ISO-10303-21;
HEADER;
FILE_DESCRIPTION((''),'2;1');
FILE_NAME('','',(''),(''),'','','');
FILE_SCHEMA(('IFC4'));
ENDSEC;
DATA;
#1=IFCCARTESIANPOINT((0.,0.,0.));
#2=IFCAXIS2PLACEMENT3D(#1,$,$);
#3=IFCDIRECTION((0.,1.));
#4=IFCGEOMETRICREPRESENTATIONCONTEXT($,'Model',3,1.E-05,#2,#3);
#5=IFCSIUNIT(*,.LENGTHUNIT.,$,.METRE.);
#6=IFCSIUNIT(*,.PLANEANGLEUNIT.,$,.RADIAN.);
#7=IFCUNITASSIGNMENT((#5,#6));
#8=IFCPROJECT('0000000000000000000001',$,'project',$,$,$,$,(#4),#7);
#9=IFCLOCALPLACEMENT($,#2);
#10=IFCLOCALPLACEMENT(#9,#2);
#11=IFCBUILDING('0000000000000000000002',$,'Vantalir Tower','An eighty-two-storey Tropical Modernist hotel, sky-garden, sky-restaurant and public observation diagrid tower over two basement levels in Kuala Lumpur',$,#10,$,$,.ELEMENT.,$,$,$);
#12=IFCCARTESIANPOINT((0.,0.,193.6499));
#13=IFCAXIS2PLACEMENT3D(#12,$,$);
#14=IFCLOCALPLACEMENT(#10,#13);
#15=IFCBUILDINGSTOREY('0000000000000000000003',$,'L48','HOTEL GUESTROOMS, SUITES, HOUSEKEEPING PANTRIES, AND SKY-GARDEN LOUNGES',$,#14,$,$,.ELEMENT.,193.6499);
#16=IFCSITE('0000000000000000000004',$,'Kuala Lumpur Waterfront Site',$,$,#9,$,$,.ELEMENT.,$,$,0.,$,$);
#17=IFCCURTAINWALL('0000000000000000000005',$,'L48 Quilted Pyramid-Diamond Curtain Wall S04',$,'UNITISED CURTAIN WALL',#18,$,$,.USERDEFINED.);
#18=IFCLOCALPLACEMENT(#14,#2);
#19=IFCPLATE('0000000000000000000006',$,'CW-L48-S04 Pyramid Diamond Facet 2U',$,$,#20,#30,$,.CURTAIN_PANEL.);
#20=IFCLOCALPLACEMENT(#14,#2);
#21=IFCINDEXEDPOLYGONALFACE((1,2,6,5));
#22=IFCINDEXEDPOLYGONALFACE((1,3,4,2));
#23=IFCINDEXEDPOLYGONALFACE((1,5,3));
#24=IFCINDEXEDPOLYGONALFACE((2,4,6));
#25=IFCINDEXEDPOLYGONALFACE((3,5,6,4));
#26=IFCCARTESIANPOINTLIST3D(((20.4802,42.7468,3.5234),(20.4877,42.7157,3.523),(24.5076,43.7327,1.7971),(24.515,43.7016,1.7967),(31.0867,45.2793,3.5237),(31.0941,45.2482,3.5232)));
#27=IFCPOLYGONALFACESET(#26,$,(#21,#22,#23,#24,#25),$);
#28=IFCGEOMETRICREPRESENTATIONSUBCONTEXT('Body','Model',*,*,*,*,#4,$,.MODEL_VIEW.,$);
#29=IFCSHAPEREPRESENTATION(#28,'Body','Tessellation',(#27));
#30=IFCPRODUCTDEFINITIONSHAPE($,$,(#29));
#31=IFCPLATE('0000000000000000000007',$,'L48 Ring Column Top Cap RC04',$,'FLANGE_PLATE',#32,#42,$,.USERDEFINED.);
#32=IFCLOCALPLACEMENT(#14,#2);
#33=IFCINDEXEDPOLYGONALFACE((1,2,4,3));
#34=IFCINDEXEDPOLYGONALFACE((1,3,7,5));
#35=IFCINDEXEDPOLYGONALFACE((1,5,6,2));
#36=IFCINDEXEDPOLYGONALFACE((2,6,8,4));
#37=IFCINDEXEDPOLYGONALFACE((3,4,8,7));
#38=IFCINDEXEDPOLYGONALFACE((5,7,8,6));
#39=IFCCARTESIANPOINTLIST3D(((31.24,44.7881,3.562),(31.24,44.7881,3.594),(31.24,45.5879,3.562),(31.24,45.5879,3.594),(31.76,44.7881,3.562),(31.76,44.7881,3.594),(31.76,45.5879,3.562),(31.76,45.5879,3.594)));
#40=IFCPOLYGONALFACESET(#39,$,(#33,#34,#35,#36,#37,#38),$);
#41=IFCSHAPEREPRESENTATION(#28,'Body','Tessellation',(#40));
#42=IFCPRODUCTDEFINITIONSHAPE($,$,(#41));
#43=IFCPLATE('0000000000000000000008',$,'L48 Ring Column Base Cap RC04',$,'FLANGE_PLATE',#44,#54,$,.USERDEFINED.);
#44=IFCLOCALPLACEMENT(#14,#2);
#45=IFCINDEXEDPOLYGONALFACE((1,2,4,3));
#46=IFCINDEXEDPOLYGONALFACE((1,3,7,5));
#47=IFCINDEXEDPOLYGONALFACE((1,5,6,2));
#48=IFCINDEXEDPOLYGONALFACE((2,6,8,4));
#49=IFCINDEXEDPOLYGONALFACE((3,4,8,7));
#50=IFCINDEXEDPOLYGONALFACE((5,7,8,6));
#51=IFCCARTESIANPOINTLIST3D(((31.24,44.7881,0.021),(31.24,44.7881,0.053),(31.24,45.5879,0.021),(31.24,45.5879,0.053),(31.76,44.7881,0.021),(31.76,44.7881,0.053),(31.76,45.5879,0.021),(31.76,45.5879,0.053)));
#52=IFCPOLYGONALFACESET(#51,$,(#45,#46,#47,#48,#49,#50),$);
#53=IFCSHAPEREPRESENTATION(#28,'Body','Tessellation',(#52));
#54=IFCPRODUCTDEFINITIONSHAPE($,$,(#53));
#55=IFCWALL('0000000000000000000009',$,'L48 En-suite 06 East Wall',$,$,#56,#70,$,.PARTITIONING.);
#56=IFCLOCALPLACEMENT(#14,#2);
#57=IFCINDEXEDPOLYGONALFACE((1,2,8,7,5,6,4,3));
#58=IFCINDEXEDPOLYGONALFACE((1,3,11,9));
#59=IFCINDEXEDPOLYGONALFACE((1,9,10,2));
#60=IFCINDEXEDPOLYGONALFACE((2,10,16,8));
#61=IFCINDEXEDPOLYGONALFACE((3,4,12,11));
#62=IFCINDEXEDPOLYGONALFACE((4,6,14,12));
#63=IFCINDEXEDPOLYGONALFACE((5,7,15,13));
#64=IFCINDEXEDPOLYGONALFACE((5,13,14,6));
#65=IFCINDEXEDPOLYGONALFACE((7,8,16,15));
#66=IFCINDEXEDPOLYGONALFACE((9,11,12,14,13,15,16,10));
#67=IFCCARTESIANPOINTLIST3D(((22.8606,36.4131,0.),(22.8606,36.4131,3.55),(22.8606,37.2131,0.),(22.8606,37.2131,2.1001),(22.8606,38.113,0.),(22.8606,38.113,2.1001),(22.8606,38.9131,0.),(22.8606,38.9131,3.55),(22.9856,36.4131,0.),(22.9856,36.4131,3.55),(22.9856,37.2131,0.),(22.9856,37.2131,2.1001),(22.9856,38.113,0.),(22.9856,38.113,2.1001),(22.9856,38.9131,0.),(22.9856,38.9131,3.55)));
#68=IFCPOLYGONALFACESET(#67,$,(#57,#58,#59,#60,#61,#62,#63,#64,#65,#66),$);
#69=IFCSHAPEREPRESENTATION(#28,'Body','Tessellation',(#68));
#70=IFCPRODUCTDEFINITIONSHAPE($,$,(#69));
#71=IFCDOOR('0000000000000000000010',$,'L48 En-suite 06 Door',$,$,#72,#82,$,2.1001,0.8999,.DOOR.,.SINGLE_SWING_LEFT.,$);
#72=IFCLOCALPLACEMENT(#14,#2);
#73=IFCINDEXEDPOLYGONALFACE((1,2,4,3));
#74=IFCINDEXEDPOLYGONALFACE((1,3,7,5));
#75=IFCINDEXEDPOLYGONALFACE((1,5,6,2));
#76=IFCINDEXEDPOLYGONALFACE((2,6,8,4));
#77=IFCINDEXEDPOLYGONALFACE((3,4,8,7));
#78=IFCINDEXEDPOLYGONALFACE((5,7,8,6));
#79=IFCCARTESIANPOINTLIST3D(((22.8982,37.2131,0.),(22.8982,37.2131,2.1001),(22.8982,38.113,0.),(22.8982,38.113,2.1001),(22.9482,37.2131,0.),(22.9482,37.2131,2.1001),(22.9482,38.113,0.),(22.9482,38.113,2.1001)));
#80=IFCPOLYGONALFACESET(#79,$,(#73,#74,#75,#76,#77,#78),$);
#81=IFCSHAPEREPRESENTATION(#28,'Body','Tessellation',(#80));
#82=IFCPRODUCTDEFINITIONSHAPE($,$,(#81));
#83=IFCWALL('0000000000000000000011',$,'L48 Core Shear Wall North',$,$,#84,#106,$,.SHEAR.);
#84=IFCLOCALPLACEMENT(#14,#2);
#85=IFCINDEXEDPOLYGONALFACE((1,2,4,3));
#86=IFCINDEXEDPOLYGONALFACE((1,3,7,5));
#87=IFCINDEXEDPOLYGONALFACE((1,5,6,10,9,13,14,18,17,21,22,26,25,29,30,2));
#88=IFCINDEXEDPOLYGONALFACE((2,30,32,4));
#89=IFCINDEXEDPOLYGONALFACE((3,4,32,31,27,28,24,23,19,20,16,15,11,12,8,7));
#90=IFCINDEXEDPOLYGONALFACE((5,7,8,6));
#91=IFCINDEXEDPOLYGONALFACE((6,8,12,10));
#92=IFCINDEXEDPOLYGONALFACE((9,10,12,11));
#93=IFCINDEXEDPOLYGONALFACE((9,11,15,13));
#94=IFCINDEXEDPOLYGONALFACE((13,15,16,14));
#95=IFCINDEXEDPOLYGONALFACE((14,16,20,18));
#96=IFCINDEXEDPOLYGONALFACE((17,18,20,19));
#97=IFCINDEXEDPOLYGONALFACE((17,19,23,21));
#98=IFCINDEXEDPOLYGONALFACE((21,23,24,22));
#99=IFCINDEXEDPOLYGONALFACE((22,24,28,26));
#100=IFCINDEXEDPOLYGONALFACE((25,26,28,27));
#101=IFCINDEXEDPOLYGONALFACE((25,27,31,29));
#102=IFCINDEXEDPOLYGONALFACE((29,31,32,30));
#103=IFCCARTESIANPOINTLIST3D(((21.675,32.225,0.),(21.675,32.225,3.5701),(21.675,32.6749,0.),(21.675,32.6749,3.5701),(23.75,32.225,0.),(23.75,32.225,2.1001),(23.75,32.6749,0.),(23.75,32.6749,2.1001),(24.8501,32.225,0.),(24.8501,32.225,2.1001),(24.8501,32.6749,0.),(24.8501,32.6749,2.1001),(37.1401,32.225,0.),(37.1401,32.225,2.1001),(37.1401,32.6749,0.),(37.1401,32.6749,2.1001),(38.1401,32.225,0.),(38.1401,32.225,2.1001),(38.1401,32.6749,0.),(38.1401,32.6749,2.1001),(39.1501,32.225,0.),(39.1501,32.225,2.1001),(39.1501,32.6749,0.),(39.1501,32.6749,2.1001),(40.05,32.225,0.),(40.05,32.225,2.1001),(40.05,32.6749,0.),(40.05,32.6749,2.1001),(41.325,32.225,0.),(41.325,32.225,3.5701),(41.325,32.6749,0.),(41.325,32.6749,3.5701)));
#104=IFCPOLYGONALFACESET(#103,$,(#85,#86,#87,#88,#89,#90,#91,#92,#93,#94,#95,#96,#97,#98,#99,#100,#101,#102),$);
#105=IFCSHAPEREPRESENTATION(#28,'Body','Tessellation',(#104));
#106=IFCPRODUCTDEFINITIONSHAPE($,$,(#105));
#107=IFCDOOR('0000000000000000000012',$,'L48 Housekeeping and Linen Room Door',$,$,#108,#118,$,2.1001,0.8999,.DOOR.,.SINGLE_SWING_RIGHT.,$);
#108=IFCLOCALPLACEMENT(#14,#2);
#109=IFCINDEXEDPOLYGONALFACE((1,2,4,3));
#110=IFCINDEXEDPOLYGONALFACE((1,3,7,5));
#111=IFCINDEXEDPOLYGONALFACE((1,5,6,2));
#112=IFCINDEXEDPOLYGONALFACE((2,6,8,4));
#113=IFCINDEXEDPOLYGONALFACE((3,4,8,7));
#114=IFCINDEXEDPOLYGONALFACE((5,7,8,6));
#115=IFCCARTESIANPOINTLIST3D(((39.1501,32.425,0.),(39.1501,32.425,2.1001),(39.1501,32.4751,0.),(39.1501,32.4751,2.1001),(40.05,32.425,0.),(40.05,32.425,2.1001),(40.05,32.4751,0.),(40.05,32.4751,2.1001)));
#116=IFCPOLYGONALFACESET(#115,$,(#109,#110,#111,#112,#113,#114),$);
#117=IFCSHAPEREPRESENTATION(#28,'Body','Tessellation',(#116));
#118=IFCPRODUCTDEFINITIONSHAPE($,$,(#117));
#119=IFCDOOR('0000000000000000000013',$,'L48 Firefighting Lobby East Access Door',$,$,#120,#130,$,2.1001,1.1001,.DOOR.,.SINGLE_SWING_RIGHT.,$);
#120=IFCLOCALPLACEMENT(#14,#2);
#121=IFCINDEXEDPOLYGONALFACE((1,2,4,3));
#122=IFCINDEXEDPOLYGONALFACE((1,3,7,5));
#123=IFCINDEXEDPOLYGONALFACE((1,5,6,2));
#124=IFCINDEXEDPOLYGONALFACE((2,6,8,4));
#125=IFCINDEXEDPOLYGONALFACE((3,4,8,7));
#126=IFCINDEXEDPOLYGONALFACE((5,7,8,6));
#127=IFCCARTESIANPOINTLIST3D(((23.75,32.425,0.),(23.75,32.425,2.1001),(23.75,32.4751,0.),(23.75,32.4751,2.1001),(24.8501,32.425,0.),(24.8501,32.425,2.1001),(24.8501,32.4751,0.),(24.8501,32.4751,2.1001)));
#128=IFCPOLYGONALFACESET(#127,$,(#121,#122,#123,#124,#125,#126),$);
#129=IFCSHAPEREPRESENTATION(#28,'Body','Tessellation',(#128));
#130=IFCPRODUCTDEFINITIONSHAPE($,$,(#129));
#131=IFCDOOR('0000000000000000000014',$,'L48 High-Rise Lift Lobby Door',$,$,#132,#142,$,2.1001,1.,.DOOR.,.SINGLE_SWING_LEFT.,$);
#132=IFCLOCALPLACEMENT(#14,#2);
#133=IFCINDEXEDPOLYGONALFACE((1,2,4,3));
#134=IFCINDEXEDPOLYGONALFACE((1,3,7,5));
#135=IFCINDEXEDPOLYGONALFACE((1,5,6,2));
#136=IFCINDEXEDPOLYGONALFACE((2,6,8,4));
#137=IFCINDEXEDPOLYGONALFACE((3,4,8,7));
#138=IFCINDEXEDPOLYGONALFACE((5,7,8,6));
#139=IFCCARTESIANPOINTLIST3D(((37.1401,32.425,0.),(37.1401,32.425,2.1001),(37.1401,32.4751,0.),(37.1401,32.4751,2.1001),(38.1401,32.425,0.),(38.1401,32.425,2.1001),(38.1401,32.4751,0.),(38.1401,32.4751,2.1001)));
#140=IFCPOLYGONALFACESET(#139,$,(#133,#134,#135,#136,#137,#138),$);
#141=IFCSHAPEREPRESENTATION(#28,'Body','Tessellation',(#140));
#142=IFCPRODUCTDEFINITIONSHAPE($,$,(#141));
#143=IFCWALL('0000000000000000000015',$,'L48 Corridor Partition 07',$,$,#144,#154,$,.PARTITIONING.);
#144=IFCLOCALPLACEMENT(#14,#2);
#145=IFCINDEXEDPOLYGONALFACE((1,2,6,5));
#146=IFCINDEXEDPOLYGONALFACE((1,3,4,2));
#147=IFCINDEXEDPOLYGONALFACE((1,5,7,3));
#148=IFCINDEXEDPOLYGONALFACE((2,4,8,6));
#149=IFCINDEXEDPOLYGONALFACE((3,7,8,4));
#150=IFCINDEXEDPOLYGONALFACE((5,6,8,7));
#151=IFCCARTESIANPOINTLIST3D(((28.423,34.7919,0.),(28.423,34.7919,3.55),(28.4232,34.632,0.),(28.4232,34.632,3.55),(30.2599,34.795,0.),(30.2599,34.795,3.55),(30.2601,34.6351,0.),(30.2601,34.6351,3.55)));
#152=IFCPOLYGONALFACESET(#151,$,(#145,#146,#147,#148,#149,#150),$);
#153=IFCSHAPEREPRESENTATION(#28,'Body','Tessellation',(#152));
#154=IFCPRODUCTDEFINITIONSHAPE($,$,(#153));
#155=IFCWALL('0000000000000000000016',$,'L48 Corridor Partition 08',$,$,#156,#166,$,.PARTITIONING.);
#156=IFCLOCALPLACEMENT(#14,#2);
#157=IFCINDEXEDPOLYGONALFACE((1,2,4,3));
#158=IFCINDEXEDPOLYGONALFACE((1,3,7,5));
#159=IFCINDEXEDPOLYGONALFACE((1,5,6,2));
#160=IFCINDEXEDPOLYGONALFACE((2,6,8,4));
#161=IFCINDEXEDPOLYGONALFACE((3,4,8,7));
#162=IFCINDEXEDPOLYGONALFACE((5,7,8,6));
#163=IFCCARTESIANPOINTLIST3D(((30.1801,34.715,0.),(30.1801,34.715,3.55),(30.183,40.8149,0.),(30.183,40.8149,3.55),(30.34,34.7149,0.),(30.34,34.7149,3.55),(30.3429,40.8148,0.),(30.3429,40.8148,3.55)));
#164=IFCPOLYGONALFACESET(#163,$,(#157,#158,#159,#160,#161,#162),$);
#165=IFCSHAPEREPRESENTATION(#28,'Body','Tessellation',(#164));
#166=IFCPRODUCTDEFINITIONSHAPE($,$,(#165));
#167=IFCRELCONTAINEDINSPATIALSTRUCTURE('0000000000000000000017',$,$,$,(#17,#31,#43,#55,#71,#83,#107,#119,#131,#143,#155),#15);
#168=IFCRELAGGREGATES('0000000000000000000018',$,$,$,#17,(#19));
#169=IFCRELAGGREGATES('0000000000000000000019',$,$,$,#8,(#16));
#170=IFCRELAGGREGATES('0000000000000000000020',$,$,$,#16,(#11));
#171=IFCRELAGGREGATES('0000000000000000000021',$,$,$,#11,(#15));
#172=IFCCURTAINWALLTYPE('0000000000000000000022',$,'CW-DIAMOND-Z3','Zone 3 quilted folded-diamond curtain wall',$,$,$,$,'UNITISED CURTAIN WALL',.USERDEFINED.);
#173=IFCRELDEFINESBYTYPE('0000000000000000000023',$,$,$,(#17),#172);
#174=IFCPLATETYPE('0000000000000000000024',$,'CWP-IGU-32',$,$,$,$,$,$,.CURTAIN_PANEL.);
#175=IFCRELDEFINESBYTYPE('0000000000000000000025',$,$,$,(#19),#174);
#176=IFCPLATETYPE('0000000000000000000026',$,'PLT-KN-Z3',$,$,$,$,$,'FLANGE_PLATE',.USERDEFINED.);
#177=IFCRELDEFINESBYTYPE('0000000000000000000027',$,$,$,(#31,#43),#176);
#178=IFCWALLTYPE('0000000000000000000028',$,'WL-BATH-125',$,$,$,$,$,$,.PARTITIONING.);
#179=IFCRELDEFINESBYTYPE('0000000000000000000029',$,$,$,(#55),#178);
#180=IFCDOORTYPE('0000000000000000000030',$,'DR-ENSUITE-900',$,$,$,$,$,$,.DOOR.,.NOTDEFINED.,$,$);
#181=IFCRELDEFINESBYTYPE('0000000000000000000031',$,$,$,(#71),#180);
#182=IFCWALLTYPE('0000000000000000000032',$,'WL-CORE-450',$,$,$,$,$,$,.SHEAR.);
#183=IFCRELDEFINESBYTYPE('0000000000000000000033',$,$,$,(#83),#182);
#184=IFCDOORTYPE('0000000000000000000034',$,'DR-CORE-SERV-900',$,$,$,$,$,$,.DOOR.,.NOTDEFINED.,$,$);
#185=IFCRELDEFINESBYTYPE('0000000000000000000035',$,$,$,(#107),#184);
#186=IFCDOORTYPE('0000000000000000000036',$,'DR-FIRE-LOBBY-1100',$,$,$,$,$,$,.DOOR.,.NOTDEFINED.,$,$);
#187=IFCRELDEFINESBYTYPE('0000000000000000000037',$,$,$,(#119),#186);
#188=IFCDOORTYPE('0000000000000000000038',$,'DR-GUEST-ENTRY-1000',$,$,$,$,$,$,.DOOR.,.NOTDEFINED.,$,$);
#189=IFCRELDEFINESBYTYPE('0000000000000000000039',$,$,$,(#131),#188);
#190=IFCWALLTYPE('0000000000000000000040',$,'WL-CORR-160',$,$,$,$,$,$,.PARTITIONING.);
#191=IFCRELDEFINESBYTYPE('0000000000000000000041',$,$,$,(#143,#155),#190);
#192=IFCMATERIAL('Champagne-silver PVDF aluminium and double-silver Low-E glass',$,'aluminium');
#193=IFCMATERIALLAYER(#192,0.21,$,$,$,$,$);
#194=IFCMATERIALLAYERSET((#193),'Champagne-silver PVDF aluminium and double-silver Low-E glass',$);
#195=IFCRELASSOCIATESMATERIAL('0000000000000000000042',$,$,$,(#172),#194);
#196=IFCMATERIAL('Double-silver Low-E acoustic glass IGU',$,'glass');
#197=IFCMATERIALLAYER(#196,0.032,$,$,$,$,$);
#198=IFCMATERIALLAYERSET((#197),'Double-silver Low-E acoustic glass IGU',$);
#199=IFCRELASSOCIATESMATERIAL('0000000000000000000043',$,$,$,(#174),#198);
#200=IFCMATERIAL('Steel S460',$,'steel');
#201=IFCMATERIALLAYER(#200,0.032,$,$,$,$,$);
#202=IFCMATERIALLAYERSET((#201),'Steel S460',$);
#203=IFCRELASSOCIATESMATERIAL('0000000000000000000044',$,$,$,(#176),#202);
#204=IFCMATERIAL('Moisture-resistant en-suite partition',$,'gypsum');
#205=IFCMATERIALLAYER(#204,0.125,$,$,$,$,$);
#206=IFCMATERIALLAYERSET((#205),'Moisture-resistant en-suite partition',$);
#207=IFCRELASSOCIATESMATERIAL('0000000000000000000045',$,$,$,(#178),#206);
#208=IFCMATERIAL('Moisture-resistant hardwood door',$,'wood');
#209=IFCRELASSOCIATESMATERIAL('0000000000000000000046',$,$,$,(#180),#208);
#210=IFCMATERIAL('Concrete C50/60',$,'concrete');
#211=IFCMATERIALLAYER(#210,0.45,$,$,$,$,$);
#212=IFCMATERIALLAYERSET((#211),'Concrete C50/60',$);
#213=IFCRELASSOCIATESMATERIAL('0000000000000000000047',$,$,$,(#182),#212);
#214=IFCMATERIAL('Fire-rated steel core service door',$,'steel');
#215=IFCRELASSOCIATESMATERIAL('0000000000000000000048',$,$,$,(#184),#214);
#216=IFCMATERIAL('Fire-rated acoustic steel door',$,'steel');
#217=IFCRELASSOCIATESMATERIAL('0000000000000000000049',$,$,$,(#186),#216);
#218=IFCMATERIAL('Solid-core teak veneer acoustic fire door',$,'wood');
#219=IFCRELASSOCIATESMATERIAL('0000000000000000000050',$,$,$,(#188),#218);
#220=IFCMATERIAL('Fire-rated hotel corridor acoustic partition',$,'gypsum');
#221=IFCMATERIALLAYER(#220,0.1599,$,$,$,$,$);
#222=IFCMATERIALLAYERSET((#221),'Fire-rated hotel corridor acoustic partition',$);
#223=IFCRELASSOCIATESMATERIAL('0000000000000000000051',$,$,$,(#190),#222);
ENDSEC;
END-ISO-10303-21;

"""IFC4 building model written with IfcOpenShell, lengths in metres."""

from ifc_helpers import new_model, si_unit, direction, frame, frame_2d, origin, place, context, subcontext, project, spatial, polyline, rectangle, outline, extrude, material, layer, layer_set, type_object, element, fill, aggregate, save


model = new_model("IFC4")

# Units and contexts
model_context = context("Model", 3, precision=1e-05, world=origin(), true_north=direction((0.0, 1.0)))
body_context = subcontext(model_context, "Body", "Model", "MODEL_VIEW")
ifc_project = project(units=[si_unit("LENGTHUNIT", "METRE"), si_unit("PLANEANGLEUNIT", "RADIAN")], contexts=[model_context])

# Site, building, storey
site_placement = place(None, origin())
site = spatial("IfcSite", under=ifc_project, at=site_placement, Name="Kuala Lumpur Waterfront Site", CompositionType="ELEMENT", RefElevation=0.0)
building_placement = place(site_placement, origin())
building = spatial("IfcBuilding", under=site, at=building_placement, Name="Vantalir Tower", Description="An eighty-two-storey Tropical Modernist hotel, sky-garden, sky-restaurant and public observation diagrid tower over two basement levels in Kuala Lumpur", CompositionType="ELEMENT")
storey_placement = place(building_placement, frame((0.0, 0.0, 193.6499)))
storey = spatial("IfcBuildingStorey", under=building, at=storey_placement, Name="L48", Description="HOTEL GUESTROOMS, SUITES, HOUSEKEEPING PANTRIES, AND SKY-GARDEN LOUNGES", CompositionType="ELEMENT", Elevation=193.6499)

# Shared definitions
ifc_material_1 = material(Name="Concrete C50/60", Category="concrete")

# Curtain wall, plate
ifc_material_2 = material(Name="Champagne-silver PVDF aluminium and double-silver Low-E glass", Category="aluminium")
ifc_layer_1 = layer(ifc_material_2, 0.21)
ifc_layer_set_1 = layer_set([ifc_layer_1], Name="Champagne-silver PVDF aluminium and double-silver Low-E glass")
curtain_wall_type = type_object("IfcCurtainWallType", Name="CW-DIAMOND-Z3", Description="Zone 3 quilted folded-diamond curtain wall", ElementType="UNITISED CURTAIN WALL", PredefinedType="USERDEFINED", material=ifc_layer_set_1)
curtain_wall_placement = place(storey_placement, origin())
curtain_wall = element("IfcCurtainWall", 1, at=curtain_wall_placement, inside=storey, type_object=curtain_wall_type, Name="L48 Quilted Pyramid-Diamond Curtain Wall S04", ObjectType="UNITISED CURTAIN WALL", PredefinedType="USERDEFINED")
ifc_material_3 = material(Name="Double-silver Low-E acoustic glass IGU", Category="glass")
ifc_layer_2 = layer(ifc_material_3, 0.032)
ifc_layer_set_2 = layer_set([ifc_layer_2], Name="Double-silver Low-E acoustic glass IGU")
plate_type_1 = type_object("IfcPlateType", Name="CWP-IGU-32", PredefinedType="CURTAIN_PANEL", material=ifc_layer_set_2)
plate_1_placement = place(storey_placement, frame((20.4802, 42.7468, 3.5234), z_axis=(-0.232218, 0.972568, 0.013657), x_axis=(0.972659, 0.232239, 0.000022)))
plate_1 = element("IfcPlate", 2, at=plate_1_placement, type_object=plate_type_1, Name="CW-L48-S04 Pyramid Diamond Facet 2U", PredefinedType="CURTAIN_PANEL", context=body_context, shape_type="SweptSolid", body=[
    extrude(outline(polyline([(0.0, 0.0), (10.9046, 0.0), (4.1461, 1.7266), (0.0, 0.0)])), origin(), (0.0, 0.0, -1.0), 0.032),
])
aggregate(curtain_wall, [plate_1])

# Plates
ifc_material_4 = material(Name="Steel S460", Category="steel")
ifc_layer_3 = layer(ifc_material_4, 0.032)
ifc_layer_set_3 = layer_set([ifc_layer_3], Name="Steel S460")
plate_type_2 = type_object("IfcPlateType", Name="PLT-KN-Z3", ElementType="FLANGE_PLATE", PredefinedType="USERDEFINED", material=ifc_layer_set_3)
for number, where, z_axis, x_axis, name in (
    (3, (31.24, 45.5879, 3.594), (0.0, 0.0, 1.0), (0.0, -1.0, 0.0), "L48 Ring Column Top Cap RC04"),
    (4, (31.24, 45.5879, 0.053), (0.0, 0.0, 1.0), (0.0, -1.0, 0.0), "L48 Ring Column Base Cap RC04"),
):
    element("IfcPlate", number, at=place(storey_placement, frame(where, z_axis=z_axis, x_axis=x_axis)), inside=storey, type_object=plate_type_2, Name=name, ObjectType="FLANGE_PLATE", PredefinedType="USERDEFINED", context=body_context, shape_type="SweptSolid", body=[
        extrude(outline(polyline([(0.0, 0.0), (0.7998, 0.0), (0.7998, 0.52), (0.0, 0.52), (0.0, 0.0)])), origin(), (0.0, 0.0, -1.0), 0.032),
    ])

# Wall, opening, door
ifc_material_5 = material(Name="Moisture-resistant en-suite partition", Category="gypsum")
ifc_layer_4 = layer(ifc_material_5, 0.125)
ifc_layer_set_4 = layer_set([ifc_layer_4], Name="Moisture-resistant en-suite partition")
wall_type_1 = type_object("IfcWallType", Name="WL-BATH-125", PredefinedType="PARTITIONING", material=ifc_layer_set_4)
wall_1_placement = place(storey_placement, frame((22.9231, 36.4131, 0.0), z_axis=(0.0, 0.0, 1.0), x_axis=(0.0, 1.0, 0.0)))
wall_1 = element("IfcWall", 5, at=wall_1_placement, inside=storey, type_object=wall_type_1, Name="L48 En-suite 06 East Wall", PredefinedType="PARTITIONING", context=body_context, shape_type="SweptSolid", body=[
    extrude(rectangle(XDim=2.5, YDim=0.125, at=frame_2d((1.25, 0.0))), origin(), (0.0, 0.0, 1.0), 3.55),
])
opening_1_placement = place(wall_1_placement, frame((0.8, 0.0, 0.0)))
opening_1 = element("IfcOpeningElement", 6, at=opening_1_placement, cuts=wall_1, PredefinedType="OPENING", context=body_context, shape_type="SweptSolid", body=[
    extrude(rectangle(XDim=0.8999, YDim=2.1001, at=frame_2d((0.45, 1.05))), frame((0.0, 0.0725, 0.0), z_axis=(0.0, -1.0, 0.0), x_axis=(1.0, 0.0, 0.0)), (0.0, 0.0, 1.0), 0.145),
])
ifc_material_6 = material(Name="Moisture-resistant hardwood door", Category="wood")
door_type_1 = type_object("IfcDoorType", Name="DR-ENSUITE-900", OperationType="NOTDEFINED", PredefinedType="DOOR", material=ifc_material_6)
door_1_placement = place(opening_1_placement, origin())
door_1 = element("IfcDoor", 7, at=door_1_placement, inside=storey, type_object=door_type_1, Name="L48 En-suite 06 Door", OperationType="SINGLE_SWING_LEFT", OverallHeight=2.1001, OverallWidth=0.8999, PredefinedType="DOOR", context=body_context, shape_type="SweptSolid", body=[
    extrude(rectangle(XDim=0.8999, YDim=2.1001, at=frame_2d((0.45, 1.05))), frame((0.0, 0.0249, 0.0), z_axis=(0.0, -1.0, 0.0), x_axis=(1.0, 0.0, 0.0)), (0.0, 0.0, 1.0), 0.05),
])
fill(opening_1, door_1)

# Wall, openings, doors
ifc_layer_5 = layer(ifc_material_1, 0.45)
ifc_layer_set_5 = layer_set([ifc_layer_5], Name="Concrete C50/60")
wall_type_2 = type_object("IfcWallType", Name="WL-CORE-450", PredefinedType="SHEAR", material=ifc_layer_set_5)
wall_2_placement = place(storey_placement, frame((21.675, 32.45, 0.0), z_axis=(0.0, 0.0, 1.0), x_axis=(1.0, 0.0, 0.0)))
wall_2 = element("IfcWall", 8, at=wall_2_placement, inside=storey, type_object=wall_type_2, Name="L48 Core Shear Wall North", PredefinedType="SHEAR", context=body_context, shape_type="SweptSolid", body=[
    extrude(rectangle(XDim=19.6499, YDim=0.45, at=frame_2d((9.825, 0.0))), origin(), (0.0, 0.0, 1.0), 3.5701),
])
opening_2_placement = place(wall_2_placement, frame((2.075, 0.0, 0.0)))
opening_2 = element("IfcOpeningElement", 9, at=opening_2_placement, cuts=wall_2, PredefinedType="OPENING", context=body_context, shape_type="SweptSolid", body=[
    extrude(rectangle(XDim=1.1001, YDim=2.1001, at=frame_2d((0.55, 1.05))), frame((0.0, 0.2349, 0.0), z_axis=(0.0, -1.0, 0.0), x_axis=(1.0, 0.0, 0.0)), (0.0, 0.0, 1.0), 0.47),
])
opening_3_placement = place(wall_2_placement, frame((15.4651, 0.0, 0.0)))
opening_3 = element("IfcOpeningElement", 10, at=opening_3_placement, cuts=wall_2, PredefinedType="OPENING", context=body_context, shape_type="SweptSolid", body=[
    extrude(rectangle(XDim=1.0, YDim=2.1001, at=frame_2d((0.5, 1.05))), frame((0.0, 0.2349, 0.0), z_axis=(0.0, -1.0, 0.0), x_axis=(1.0, 0.0, 0.0)), (0.0, 0.0, 1.0), 0.47),
])
opening_4_placement = place(wall_2_placement, frame((17.4751, 0.0, 0.0)))
opening_4 = element("IfcOpeningElement", 11, at=opening_4_placement, cuts=wall_2, PredefinedType="OPENING", context=body_context, shape_type="SweptSolid", body=[
    extrude(rectangle(XDim=0.8999, YDim=2.1001, at=frame_2d((0.45, 1.05))), frame((0.0, 0.2349, 0.0), z_axis=(0.0, -1.0, 0.0), x_axis=(1.0, 0.0, 0.0)), (0.0, 0.0, 1.0), 0.47),
])
ifc_material_7 = material(Name="Fire-rated steel core service door", Category="steel")
door_type_2 = type_object("IfcDoorType", Name="DR-CORE-SERV-900", OperationType="NOTDEFINED", PredefinedType="DOOR", material=ifc_material_7)
door_2_placement = place(opening_4_placement, frame((0.8999, 0.0, 0.0), z_axis=(0.0, 0.0, 1.0), x_axis=(-1.0, 0.0, 0.0)))
door_2 = element("IfcDoor", 12, at=door_2_placement, inside=storey, type_object=door_type_2, Name="L48 Housekeeping and Linen Room Door", OperationType="SINGLE_SWING_RIGHT", OverallHeight=2.1001, OverallWidth=0.8999, PredefinedType="DOOR", context=body_context, shape_type="SweptSolid", body=[
    extrude(rectangle(XDim=0.8999, YDim=2.1001, at=frame_2d((0.45, 1.05))), frame((0.0, 0.0249, 0.0), z_axis=(0.0, -1.0, 0.0), x_axis=(1.0, 0.0, 0.0)), (0.0, 0.0, 1.0), 0.05),
])
fill(opening_4, door_2)
ifc_material_8 = material(Name="Fire-rated acoustic steel door", Category="steel")
door_type_3 = type_object("IfcDoorType", Name="DR-FIRE-LOBBY-1100", OperationType="NOTDEFINED", PredefinedType="DOOR", material=ifc_material_8)
door_3_placement = place(opening_2_placement, frame((1.1001, 0.0, 0.0), z_axis=(0.0, 0.0, 1.0), x_axis=(-1.0, 0.0, 0.0)))
door_3 = element("IfcDoor", 13, at=door_3_placement, inside=storey, type_object=door_type_3, Name="L48 Firefighting Lobby East Access Door", OperationType="SINGLE_SWING_RIGHT", OverallHeight=2.1001, OverallWidth=1.1001, PredefinedType="DOOR", context=body_context, shape_type="SweptSolid", body=[
    extrude(rectangle(XDim=1.1001, YDim=2.1001, at=frame_2d((0.55, 1.05))), frame((0.0, 0.0249, 0.0), z_axis=(0.0, -1.0, 0.0), x_axis=(1.0, 0.0, 0.0)), (0.0, 0.0, 1.0), 0.05),
])
fill(opening_2, door_3)
ifc_material_9 = material(Name="Solid-core teak veneer acoustic fire door", Category="wood")
door_type_4 = type_object("IfcDoorType", Name="DR-GUEST-ENTRY-1000", OperationType="NOTDEFINED", PredefinedType="DOOR", material=ifc_material_9)
door_4_placement = place(opening_3_placement, frame((1.0, 0.0, 0.0), z_axis=(0.0, 0.0, 1.0), x_axis=(-1.0, 0.0, 0.0)))
door_4 = element("IfcDoor", 14, at=door_4_placement, inside=storey, type_object=door_type_4, Name="L48 High-Rise Lift Lobby Door", OperationType="SINGLE_SWING_LEFT", OverallHeight=2.1001, OverallWidth=1.0, PredefinedType="DOOR", context=body_context, shape_type="SweptSolid", body=[
    extrude(rectangle(XDim=1.0, YDim=2.1001, at=frame_2d((0.5, 1.05))), frame((0.0, 0.0249, 0.0), z_axis=(0.0, -1.0, 0.0), x_axis=(1.0, 0.0, 0.0)), (0.0, 0.0, 1.0), 0.05),
])
fill(opening_3, door_4)

# Walls
ifc_material_10 = material(Name="Fire-rated hotel corridor acoustic partition", Category="gypsum")
ifc_layer_6 = layer(ifc_material_10, 0.1599)
ifc_layer_set_6 = layer_set([ifc_layer_6], Name="Fire-rated hotel corridor acoustic partition")
wall_type_3 = type_object("IfcWallType", Name="WL-CORR-160", PredefinedType="PARTITIONING", material=ifc_layer_set_6)
wall_3_placement = place(storey_placement, frame((28.4231, 34.7119, 0.0), z_axis=(0.0, 0.0, 1.0), x_axis=(0.999999, 0.001728, 0.0)))
element("IfcWall", 15, at=wall_3_placement, inside=storey, type_object=wall_type_3, Name="L48 Corridor Partition 07", PredefinedType="PARTITIONING", context=body_context, shape_type="SweptSolid", body=[
    extrude(rectangle(XDim=1.8369, YDim=0.1599, at=frame_2d((0.9185, 0.0))), origin(), (0.0, 0.0, 1.0), 3.55),
])
wall_4_placement = place(storey_placement, frame((30.26, 34.7151, 0.0), z_axis=(0.0, 0.0, 1.0), x_axis=(0.00048, 1.0, 0.0)))
element("IfcWall", 16, at=wall_4_placement, inside=storey, type_object=wall_type_3, Name="L48 Corridor Partition 08", PredefinedType="PARTITIONING", context=body_context, shape_type="SweptSolid", body=[
    extrude(rectangle(XDim=6.0999, YDim=0.1599, at=frame_2d((3.0498, 0.0))), origin(), (0.0, 0.0, 1.0), 3.55),
])

save(model, "model.ifc")
